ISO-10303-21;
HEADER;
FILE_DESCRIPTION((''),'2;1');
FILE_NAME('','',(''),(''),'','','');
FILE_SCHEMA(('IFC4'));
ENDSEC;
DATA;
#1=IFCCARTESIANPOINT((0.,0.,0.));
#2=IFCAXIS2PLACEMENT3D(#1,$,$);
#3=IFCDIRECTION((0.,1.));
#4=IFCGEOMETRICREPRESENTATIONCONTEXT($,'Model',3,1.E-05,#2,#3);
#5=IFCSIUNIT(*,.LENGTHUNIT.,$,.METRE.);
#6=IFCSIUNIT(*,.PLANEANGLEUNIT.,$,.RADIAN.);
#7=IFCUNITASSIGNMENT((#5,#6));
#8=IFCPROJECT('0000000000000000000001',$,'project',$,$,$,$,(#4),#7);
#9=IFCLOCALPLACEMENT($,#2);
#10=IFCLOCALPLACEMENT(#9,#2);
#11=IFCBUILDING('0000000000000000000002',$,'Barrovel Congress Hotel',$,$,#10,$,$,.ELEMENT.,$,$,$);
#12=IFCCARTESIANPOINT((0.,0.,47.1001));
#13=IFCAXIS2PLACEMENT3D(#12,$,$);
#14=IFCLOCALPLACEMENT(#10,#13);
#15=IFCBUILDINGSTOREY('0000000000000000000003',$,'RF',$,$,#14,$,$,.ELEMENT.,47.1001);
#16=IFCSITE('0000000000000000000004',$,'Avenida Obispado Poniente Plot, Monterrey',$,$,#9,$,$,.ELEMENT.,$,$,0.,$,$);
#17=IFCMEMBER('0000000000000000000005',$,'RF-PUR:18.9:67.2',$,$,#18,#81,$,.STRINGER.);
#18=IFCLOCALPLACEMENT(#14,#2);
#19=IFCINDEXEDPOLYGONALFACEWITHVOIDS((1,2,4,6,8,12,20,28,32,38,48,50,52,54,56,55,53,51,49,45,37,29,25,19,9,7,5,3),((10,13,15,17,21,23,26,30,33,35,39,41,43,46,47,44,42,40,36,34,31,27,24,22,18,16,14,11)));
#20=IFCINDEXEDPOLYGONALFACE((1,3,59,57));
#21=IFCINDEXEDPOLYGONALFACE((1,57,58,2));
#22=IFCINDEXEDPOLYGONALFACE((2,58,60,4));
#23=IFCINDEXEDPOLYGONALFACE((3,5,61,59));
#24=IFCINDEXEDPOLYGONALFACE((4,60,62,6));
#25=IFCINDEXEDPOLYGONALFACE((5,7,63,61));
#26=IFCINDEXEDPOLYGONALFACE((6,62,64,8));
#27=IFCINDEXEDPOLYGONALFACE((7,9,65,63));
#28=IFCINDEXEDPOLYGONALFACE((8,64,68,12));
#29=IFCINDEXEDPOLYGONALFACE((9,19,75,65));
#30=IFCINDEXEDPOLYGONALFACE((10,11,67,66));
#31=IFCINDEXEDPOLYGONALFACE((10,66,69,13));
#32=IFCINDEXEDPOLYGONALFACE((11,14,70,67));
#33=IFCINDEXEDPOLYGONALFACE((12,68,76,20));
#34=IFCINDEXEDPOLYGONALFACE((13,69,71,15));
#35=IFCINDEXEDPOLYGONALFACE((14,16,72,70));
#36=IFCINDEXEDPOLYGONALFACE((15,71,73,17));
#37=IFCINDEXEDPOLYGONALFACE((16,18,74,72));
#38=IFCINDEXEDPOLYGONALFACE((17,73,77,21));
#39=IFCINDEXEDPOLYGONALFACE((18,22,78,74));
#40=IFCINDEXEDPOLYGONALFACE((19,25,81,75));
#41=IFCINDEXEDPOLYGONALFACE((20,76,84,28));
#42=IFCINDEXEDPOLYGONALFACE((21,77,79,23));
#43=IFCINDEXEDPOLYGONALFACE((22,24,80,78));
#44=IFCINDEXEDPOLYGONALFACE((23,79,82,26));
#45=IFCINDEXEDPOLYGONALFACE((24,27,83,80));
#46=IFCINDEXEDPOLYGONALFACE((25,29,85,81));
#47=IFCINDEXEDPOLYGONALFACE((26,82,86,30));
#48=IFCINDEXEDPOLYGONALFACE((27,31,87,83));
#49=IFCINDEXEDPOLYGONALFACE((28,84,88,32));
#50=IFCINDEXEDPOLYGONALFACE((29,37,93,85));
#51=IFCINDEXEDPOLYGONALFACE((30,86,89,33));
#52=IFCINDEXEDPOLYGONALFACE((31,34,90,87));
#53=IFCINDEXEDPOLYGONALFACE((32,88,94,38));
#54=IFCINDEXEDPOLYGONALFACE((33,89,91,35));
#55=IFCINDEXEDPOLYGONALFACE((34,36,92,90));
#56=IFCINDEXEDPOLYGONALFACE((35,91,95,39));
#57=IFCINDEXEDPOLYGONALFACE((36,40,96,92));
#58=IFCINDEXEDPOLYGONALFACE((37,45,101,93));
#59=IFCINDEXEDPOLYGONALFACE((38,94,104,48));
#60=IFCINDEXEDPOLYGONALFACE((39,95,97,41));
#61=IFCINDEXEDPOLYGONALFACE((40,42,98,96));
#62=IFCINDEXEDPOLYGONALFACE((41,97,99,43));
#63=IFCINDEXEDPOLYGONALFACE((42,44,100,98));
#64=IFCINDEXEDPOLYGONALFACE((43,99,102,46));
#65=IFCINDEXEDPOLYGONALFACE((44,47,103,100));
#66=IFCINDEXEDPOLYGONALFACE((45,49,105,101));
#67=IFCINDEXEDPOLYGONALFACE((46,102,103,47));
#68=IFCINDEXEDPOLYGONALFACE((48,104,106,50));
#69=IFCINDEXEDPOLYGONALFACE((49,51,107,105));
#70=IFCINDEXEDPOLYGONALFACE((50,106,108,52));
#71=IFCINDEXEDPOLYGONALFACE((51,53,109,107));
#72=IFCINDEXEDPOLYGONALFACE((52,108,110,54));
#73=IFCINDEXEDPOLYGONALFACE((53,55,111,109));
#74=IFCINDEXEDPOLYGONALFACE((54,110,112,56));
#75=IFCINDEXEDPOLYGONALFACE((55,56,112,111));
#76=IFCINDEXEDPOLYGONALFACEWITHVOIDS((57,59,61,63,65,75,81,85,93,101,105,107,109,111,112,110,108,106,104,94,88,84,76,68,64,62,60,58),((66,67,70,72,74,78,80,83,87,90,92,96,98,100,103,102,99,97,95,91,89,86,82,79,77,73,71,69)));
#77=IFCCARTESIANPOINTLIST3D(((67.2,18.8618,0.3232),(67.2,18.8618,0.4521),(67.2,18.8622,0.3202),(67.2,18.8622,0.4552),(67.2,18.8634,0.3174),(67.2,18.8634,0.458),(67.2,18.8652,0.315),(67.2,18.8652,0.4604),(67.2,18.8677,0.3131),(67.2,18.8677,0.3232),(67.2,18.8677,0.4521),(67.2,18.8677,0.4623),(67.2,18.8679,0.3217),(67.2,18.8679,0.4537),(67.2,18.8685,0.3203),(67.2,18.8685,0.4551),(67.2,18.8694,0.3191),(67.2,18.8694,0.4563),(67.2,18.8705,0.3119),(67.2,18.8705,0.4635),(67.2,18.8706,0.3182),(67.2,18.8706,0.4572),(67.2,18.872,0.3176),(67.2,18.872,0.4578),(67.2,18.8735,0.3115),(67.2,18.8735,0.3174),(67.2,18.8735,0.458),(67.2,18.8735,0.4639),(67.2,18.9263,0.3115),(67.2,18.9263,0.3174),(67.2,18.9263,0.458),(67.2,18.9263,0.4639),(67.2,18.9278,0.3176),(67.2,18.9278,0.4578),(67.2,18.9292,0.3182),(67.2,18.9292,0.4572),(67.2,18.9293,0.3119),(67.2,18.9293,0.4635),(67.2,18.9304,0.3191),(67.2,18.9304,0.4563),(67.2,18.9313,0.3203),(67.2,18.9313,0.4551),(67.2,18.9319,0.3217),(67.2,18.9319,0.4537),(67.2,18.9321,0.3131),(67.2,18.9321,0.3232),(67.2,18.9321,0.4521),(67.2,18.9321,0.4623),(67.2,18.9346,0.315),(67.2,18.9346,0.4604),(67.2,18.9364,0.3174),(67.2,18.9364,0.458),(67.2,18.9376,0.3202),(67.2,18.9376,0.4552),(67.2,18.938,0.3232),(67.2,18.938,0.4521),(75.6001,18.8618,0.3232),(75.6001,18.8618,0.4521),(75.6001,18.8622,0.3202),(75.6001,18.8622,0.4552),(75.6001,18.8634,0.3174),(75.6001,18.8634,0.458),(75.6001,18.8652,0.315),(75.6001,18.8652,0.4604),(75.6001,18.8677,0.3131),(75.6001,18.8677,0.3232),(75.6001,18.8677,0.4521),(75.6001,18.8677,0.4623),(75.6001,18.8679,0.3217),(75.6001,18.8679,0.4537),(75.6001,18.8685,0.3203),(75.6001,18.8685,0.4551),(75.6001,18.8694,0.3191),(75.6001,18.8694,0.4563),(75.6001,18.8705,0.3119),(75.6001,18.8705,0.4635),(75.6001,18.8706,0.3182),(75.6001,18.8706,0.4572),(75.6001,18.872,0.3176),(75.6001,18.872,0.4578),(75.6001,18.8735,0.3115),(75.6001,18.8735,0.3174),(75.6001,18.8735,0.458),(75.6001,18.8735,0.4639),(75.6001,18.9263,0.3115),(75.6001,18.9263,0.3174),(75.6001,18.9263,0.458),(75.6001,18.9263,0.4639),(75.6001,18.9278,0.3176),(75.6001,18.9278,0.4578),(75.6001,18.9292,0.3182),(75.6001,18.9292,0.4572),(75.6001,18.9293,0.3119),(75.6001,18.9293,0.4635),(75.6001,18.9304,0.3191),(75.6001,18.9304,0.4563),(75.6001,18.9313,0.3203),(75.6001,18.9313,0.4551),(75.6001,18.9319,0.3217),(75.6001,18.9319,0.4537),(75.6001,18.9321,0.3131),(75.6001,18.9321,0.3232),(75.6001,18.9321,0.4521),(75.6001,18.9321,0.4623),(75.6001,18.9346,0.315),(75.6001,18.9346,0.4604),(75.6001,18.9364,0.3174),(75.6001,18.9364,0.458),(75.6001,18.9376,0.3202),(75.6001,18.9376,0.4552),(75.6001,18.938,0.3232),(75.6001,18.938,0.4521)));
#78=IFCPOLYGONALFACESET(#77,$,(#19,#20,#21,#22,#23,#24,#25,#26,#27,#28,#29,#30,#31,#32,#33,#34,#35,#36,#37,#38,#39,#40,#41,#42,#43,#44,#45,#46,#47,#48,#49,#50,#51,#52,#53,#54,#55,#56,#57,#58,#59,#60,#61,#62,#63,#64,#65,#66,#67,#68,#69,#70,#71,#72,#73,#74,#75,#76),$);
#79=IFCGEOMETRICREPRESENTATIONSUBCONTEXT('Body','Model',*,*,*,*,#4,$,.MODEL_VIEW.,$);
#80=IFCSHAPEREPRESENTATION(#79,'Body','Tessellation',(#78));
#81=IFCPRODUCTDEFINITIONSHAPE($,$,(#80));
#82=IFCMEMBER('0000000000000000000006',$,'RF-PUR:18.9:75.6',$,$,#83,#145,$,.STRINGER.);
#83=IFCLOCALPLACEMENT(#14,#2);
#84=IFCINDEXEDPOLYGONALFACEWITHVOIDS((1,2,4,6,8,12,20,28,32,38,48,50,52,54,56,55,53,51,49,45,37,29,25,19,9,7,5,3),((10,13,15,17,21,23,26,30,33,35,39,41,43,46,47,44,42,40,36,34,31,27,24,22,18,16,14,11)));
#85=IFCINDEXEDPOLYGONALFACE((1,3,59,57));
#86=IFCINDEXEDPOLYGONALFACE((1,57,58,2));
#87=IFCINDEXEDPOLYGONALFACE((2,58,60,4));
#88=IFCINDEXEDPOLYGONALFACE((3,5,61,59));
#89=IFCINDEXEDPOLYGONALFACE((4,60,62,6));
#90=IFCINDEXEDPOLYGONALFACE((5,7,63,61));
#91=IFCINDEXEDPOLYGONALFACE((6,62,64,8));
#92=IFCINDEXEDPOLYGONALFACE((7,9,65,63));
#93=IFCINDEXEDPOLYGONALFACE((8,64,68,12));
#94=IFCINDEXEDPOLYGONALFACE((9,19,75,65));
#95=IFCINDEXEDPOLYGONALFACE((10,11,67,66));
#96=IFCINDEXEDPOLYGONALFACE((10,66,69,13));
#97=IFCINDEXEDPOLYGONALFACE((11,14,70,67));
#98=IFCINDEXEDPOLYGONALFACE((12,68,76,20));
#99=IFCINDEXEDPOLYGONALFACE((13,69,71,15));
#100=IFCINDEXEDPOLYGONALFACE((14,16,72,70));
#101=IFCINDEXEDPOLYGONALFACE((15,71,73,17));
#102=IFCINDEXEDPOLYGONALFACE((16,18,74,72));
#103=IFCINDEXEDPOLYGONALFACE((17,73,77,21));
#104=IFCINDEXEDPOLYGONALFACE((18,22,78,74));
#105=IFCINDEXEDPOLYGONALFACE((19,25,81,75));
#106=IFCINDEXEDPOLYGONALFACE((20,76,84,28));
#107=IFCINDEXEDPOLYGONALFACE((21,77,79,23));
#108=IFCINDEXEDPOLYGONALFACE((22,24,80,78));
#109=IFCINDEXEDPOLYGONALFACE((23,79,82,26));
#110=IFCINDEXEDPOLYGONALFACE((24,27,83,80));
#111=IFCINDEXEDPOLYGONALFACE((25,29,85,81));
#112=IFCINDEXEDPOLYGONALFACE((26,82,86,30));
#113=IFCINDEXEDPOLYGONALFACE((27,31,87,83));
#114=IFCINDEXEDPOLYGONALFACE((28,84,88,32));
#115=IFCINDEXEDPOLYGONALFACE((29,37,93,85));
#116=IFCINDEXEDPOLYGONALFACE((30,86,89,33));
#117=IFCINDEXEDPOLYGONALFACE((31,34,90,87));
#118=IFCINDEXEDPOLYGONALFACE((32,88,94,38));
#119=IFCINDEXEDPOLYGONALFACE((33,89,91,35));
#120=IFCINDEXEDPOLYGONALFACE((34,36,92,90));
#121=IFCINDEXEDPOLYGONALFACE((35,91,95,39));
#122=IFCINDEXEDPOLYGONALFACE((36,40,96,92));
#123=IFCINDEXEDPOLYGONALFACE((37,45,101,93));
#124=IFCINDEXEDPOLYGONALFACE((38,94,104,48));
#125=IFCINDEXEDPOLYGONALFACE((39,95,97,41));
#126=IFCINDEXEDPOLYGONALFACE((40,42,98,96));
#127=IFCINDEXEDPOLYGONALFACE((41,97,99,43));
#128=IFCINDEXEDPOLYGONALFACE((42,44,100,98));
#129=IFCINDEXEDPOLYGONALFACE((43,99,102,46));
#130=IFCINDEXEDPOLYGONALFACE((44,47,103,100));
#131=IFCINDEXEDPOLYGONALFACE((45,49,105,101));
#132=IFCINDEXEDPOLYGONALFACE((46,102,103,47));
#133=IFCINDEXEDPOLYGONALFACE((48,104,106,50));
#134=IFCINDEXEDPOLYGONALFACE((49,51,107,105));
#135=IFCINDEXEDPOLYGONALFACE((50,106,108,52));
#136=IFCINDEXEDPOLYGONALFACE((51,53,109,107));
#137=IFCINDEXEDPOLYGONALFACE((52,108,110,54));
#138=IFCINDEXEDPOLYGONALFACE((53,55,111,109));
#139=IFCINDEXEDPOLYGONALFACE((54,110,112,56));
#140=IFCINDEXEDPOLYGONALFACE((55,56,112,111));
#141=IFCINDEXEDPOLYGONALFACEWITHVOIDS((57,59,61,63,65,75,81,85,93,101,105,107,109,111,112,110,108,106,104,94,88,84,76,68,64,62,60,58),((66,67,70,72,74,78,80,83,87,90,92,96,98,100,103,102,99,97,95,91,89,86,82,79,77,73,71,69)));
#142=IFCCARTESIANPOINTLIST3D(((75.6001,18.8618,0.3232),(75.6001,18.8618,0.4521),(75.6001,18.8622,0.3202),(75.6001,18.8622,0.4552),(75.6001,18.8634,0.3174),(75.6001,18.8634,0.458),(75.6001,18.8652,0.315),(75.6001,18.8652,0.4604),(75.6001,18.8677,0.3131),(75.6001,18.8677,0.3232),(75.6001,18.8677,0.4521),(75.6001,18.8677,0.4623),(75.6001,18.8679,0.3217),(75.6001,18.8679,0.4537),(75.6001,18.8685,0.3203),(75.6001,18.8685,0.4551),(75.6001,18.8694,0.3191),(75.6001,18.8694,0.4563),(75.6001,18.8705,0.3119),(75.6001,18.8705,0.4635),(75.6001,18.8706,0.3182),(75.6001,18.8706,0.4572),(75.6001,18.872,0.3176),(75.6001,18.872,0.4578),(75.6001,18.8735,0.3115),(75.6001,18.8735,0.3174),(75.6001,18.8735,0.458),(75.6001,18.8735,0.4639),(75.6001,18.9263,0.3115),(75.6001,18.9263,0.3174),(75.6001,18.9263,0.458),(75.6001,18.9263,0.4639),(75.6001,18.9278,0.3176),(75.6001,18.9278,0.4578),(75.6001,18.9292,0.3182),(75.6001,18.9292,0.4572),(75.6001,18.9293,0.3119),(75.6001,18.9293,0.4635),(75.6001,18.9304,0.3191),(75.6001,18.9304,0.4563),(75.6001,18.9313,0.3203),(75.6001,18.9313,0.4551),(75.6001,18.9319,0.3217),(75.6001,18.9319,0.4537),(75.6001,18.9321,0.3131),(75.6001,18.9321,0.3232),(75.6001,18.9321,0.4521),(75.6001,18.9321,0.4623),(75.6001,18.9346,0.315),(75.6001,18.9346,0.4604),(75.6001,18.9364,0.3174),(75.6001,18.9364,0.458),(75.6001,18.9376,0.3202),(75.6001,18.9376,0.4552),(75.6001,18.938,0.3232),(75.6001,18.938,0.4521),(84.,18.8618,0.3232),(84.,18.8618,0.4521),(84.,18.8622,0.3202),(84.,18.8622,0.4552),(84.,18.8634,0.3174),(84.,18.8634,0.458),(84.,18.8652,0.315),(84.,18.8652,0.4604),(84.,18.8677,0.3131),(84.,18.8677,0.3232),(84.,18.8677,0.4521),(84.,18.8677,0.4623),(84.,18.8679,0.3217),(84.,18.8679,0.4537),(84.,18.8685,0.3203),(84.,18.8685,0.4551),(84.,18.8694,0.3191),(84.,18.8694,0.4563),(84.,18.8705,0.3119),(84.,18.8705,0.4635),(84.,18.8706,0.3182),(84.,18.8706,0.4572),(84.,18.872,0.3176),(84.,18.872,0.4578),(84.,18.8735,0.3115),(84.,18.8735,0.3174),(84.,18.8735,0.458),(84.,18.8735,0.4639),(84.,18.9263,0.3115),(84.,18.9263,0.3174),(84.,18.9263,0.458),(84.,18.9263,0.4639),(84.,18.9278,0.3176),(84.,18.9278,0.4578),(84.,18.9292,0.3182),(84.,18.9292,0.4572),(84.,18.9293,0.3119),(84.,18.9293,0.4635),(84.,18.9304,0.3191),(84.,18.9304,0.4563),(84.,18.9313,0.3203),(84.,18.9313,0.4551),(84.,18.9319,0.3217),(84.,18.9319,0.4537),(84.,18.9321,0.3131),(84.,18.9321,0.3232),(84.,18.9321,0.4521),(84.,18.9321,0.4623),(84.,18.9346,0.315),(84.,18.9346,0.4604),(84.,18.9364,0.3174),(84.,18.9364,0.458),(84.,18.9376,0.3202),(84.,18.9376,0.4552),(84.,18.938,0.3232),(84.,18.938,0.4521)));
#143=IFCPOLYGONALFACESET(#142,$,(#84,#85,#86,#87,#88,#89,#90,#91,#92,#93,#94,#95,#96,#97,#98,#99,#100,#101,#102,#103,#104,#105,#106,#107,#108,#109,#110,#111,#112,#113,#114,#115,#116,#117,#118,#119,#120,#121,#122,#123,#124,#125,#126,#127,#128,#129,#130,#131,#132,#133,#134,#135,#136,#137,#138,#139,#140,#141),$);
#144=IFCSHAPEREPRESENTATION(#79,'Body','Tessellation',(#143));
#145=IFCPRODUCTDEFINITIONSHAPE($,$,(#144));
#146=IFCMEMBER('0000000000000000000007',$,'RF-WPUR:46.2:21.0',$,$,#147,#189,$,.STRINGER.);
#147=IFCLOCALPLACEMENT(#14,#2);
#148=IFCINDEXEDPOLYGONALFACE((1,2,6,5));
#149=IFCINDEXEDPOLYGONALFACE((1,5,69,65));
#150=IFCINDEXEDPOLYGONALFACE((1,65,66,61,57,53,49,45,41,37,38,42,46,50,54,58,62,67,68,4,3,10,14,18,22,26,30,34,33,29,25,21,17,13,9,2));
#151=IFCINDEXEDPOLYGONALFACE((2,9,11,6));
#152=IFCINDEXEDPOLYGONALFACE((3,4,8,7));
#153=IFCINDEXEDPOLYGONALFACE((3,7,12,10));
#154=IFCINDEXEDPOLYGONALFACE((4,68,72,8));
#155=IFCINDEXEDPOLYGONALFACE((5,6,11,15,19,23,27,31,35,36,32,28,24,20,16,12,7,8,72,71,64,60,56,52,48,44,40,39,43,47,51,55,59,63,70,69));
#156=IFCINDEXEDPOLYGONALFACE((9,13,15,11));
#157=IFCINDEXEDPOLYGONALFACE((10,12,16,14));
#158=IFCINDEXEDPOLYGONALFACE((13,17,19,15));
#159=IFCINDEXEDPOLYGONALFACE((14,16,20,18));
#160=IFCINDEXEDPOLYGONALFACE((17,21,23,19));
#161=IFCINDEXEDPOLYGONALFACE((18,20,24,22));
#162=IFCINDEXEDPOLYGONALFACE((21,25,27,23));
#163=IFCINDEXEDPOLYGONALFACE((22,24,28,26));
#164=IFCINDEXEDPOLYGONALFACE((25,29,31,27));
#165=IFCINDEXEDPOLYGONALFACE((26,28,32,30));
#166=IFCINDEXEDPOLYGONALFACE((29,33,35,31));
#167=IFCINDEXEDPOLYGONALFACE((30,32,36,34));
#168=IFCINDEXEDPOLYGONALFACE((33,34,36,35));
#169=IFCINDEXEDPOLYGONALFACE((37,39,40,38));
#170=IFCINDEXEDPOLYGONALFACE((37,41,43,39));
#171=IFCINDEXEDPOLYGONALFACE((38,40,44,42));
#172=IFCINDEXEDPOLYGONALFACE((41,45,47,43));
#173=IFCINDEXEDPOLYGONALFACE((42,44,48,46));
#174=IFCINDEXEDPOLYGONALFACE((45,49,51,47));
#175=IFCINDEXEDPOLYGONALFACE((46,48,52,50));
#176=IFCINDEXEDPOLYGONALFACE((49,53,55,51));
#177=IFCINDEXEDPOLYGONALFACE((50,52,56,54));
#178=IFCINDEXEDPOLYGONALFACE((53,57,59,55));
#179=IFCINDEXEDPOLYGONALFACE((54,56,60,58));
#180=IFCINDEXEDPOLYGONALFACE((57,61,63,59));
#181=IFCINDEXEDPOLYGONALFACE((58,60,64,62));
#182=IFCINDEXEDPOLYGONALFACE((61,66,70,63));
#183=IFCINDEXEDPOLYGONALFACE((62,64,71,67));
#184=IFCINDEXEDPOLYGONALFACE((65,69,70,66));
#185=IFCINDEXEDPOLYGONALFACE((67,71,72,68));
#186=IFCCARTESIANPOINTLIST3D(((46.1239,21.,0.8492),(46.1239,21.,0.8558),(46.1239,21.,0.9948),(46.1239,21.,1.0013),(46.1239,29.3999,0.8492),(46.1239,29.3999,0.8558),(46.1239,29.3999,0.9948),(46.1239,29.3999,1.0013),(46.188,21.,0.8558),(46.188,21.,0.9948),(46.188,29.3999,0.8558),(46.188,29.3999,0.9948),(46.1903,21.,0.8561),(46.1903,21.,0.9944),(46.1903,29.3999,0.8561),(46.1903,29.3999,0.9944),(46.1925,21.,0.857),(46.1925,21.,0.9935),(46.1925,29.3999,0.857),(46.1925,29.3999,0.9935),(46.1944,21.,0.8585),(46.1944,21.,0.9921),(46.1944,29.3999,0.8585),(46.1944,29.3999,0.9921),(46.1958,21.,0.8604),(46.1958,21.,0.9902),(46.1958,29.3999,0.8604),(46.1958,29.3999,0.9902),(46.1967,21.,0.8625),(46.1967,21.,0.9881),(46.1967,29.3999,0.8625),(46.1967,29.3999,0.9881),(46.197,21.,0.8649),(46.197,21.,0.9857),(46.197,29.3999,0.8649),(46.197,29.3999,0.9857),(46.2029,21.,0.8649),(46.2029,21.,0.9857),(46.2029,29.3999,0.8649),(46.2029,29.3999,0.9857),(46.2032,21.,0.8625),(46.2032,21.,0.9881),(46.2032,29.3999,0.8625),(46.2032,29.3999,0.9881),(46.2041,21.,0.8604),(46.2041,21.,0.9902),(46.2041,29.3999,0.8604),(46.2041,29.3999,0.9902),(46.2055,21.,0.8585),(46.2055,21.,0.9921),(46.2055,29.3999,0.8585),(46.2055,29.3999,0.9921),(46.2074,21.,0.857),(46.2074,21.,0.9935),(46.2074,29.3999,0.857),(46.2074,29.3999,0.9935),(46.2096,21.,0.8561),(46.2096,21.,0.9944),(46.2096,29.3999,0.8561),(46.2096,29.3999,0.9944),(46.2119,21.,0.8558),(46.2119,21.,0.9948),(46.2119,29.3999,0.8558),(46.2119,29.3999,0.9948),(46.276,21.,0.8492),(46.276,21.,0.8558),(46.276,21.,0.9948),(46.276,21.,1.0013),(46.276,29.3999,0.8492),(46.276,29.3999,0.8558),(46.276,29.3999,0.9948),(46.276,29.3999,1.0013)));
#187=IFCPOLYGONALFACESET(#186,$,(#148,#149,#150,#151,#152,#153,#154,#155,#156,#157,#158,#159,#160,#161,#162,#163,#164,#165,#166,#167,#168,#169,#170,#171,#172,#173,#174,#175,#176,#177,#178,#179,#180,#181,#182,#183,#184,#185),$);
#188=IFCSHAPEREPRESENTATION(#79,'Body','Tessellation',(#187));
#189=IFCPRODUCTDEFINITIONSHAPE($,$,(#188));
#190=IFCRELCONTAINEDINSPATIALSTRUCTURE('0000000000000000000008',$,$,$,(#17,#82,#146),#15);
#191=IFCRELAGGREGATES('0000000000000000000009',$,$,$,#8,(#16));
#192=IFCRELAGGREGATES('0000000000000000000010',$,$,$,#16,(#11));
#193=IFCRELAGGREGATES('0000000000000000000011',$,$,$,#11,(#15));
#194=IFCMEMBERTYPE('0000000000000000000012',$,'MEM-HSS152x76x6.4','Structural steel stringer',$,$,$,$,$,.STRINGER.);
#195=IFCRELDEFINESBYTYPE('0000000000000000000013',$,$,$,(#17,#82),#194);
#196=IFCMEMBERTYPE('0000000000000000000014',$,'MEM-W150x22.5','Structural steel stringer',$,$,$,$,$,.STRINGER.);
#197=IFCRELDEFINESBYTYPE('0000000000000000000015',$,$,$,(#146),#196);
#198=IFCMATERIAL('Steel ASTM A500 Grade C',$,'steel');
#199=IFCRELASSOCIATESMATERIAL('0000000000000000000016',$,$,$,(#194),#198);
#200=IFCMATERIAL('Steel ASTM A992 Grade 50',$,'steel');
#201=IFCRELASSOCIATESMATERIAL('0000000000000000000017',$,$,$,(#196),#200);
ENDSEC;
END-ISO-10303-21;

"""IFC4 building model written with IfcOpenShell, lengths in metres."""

from ifc_helpers import new_model, si_unit, direction, frame, origin, origin_2d, place, context, subcontext, project, spatial, hollow_rectangle, i_section, extrude, material, material_profile, profile_set, type_object, element, save


model = new_model("IFC4")

# Units and contexts
model_context = context("Model", 3, precision=1e-05, world=origin(), true_north=direction((0.0, 1.0)))
body_context = subcontext(model_context, "Body", "Model", "MODEL_VIEW")
ifc_project = project(units=[si_unit("LENGTHUNIT", "METRE"), si_unit("PLANEANGLEUNIT", "RADIAN")], contexts=[model_context])

# Site, building, storey
site_placement = place(None, origin())
site = spatial("IfcSite", under=ifc_project, at=site_placement, Name="Avenida Obispado Poniente Plot, Monterrey", CompositionType="ELEMENT", RefElevation=0.0)
building_placement = place(site_placement, origin())
building = spatial("IfcBuilding", under=site, at=building_placement, Name="Barrovel Congress Hotel", CompositionType="ELEMENT")
storey_placement = place(building_placement, frame((0.0, 0.0, 47.1001)))
storey = spatial("IfcBuildingStorey", under=building, at=storey_placement, Name="RF", CompositionType="ELEMENT", Elevation=47.1001)

# Members
ifc_material_1 = material(Name="Steel ASTM A500 Grade C", Category="steel")
ifc_material_profile_1 = material_profile(ifc_material_1, hollow_rectangle(XDim=0.0762, YDim=0.1523, WallThickness=0.0059, InnerFilletRadius=0.0059, OuterFilletRadius=0.0117, at=origin_2d()), Name="HSS152x76x6.4")
ifc_profile_set_1 = profile_set([ifc_material_profile_1], Name="Steel ASTM A500 Grade C")
member_type_1 = type_object("IfcMemberType", Name="MEM-HSS152x76x6.4", Description="Structural steel stringer", PredefinedType="STRINGER", material=ifc_profile_set_1)
member_1_placement = place(storey_placement, frame((67.2, 18.8999, 0.3877), z_axis=(1.0, 0.0, 0.0), x_axis=(0.0, 1.0, 0.0)))
element("IfcMember", 1, at=member_1_placement, inside=storey, type_object=member_type_1, Name="RF-PUR:18.9:67.2", PredefinedType="STRINGER", context=body_context, shape_type="SweptSolid", body=[
    extrude(hollow_rectangle(XDim=0.0762, YDim=0.1523, WallThickness=0.0059, InnerFilletRadius=0.0059, OuterFilletRadius=0.0117, at=origin_2d()), origin(), (0.0, 0.0, 1.0), 8.4001),
])
member_2_placement = place(storey_placement, frame((75.6001, 18.8999, 0.3877), z_axis=(1.0, 0.0, 0.0), x_axis=(0.0, 1.0, 0.0)))
element("IfcMember", 2, at=member_2_placement, inside=storey, type_object=member_type_1, Name="RF-PUR:18.9:75.6", PredefinedType="STRINGER", context=body_context, shape_type="SweptSolid", body=[
    extrude(hollow_rectangle(XDim=0.0762, YDim=0.1523, WallThickness=0.0059, InnerFilletRadius=0.0059, OuterFilletRadius=0.0117, at=origin_2d()), origin(), (0.0, 0.0, 1.0), 8.3999),
])
ifc_material_2 = material(Name="Steel ASTM A992 Grade 50", Category="steel")
ifc_material_profile_2 = material_profile(ifc_material_2, i_section(OverallWidth=0.1521, OverallDepth=0.1521, WebThickness=0.0059, FlangeThickness=0.0066, FilletRadius=0.009, at=origin_2d()), Name="W150x22.5")
ifc_profile_set_2 = profile_set([ifc_material_profile_2], Name="Steel ASTM A992 Grade 50")
member_type_2 = type_object("IfcMemberType", Name="MEM-W150x22.5", Description="Structural steel stringer", PredefinedType="STRINGER", material=ifc_profile_set_2)
member_3_placement = place(storey_placement, frame((46.2, 21.0, 0.9253), z_axis=(0.0, 1.0, 0.0), x_axis=(-1.0, 0.0, 0.0)))
element("IfcMember", 3, at=member_3_placement, inside=storey, type_object=member_type_2, Name="RF-WPUR:46.2:21.0", PredefinedType="STRINGER", context=body_context, shape_type="SweptSolid", body=[
    extrude(i_section(OverallWidth=0.1521, OverallDepth=0.1521, WebThickness=0.0059, FlangeThickness=0.0066, FilletRadius=0.009, at=origin_2d()), origin(), (0.0, 0.0, 1.0), 8.3999),
])

save(model, "model.ifc")
